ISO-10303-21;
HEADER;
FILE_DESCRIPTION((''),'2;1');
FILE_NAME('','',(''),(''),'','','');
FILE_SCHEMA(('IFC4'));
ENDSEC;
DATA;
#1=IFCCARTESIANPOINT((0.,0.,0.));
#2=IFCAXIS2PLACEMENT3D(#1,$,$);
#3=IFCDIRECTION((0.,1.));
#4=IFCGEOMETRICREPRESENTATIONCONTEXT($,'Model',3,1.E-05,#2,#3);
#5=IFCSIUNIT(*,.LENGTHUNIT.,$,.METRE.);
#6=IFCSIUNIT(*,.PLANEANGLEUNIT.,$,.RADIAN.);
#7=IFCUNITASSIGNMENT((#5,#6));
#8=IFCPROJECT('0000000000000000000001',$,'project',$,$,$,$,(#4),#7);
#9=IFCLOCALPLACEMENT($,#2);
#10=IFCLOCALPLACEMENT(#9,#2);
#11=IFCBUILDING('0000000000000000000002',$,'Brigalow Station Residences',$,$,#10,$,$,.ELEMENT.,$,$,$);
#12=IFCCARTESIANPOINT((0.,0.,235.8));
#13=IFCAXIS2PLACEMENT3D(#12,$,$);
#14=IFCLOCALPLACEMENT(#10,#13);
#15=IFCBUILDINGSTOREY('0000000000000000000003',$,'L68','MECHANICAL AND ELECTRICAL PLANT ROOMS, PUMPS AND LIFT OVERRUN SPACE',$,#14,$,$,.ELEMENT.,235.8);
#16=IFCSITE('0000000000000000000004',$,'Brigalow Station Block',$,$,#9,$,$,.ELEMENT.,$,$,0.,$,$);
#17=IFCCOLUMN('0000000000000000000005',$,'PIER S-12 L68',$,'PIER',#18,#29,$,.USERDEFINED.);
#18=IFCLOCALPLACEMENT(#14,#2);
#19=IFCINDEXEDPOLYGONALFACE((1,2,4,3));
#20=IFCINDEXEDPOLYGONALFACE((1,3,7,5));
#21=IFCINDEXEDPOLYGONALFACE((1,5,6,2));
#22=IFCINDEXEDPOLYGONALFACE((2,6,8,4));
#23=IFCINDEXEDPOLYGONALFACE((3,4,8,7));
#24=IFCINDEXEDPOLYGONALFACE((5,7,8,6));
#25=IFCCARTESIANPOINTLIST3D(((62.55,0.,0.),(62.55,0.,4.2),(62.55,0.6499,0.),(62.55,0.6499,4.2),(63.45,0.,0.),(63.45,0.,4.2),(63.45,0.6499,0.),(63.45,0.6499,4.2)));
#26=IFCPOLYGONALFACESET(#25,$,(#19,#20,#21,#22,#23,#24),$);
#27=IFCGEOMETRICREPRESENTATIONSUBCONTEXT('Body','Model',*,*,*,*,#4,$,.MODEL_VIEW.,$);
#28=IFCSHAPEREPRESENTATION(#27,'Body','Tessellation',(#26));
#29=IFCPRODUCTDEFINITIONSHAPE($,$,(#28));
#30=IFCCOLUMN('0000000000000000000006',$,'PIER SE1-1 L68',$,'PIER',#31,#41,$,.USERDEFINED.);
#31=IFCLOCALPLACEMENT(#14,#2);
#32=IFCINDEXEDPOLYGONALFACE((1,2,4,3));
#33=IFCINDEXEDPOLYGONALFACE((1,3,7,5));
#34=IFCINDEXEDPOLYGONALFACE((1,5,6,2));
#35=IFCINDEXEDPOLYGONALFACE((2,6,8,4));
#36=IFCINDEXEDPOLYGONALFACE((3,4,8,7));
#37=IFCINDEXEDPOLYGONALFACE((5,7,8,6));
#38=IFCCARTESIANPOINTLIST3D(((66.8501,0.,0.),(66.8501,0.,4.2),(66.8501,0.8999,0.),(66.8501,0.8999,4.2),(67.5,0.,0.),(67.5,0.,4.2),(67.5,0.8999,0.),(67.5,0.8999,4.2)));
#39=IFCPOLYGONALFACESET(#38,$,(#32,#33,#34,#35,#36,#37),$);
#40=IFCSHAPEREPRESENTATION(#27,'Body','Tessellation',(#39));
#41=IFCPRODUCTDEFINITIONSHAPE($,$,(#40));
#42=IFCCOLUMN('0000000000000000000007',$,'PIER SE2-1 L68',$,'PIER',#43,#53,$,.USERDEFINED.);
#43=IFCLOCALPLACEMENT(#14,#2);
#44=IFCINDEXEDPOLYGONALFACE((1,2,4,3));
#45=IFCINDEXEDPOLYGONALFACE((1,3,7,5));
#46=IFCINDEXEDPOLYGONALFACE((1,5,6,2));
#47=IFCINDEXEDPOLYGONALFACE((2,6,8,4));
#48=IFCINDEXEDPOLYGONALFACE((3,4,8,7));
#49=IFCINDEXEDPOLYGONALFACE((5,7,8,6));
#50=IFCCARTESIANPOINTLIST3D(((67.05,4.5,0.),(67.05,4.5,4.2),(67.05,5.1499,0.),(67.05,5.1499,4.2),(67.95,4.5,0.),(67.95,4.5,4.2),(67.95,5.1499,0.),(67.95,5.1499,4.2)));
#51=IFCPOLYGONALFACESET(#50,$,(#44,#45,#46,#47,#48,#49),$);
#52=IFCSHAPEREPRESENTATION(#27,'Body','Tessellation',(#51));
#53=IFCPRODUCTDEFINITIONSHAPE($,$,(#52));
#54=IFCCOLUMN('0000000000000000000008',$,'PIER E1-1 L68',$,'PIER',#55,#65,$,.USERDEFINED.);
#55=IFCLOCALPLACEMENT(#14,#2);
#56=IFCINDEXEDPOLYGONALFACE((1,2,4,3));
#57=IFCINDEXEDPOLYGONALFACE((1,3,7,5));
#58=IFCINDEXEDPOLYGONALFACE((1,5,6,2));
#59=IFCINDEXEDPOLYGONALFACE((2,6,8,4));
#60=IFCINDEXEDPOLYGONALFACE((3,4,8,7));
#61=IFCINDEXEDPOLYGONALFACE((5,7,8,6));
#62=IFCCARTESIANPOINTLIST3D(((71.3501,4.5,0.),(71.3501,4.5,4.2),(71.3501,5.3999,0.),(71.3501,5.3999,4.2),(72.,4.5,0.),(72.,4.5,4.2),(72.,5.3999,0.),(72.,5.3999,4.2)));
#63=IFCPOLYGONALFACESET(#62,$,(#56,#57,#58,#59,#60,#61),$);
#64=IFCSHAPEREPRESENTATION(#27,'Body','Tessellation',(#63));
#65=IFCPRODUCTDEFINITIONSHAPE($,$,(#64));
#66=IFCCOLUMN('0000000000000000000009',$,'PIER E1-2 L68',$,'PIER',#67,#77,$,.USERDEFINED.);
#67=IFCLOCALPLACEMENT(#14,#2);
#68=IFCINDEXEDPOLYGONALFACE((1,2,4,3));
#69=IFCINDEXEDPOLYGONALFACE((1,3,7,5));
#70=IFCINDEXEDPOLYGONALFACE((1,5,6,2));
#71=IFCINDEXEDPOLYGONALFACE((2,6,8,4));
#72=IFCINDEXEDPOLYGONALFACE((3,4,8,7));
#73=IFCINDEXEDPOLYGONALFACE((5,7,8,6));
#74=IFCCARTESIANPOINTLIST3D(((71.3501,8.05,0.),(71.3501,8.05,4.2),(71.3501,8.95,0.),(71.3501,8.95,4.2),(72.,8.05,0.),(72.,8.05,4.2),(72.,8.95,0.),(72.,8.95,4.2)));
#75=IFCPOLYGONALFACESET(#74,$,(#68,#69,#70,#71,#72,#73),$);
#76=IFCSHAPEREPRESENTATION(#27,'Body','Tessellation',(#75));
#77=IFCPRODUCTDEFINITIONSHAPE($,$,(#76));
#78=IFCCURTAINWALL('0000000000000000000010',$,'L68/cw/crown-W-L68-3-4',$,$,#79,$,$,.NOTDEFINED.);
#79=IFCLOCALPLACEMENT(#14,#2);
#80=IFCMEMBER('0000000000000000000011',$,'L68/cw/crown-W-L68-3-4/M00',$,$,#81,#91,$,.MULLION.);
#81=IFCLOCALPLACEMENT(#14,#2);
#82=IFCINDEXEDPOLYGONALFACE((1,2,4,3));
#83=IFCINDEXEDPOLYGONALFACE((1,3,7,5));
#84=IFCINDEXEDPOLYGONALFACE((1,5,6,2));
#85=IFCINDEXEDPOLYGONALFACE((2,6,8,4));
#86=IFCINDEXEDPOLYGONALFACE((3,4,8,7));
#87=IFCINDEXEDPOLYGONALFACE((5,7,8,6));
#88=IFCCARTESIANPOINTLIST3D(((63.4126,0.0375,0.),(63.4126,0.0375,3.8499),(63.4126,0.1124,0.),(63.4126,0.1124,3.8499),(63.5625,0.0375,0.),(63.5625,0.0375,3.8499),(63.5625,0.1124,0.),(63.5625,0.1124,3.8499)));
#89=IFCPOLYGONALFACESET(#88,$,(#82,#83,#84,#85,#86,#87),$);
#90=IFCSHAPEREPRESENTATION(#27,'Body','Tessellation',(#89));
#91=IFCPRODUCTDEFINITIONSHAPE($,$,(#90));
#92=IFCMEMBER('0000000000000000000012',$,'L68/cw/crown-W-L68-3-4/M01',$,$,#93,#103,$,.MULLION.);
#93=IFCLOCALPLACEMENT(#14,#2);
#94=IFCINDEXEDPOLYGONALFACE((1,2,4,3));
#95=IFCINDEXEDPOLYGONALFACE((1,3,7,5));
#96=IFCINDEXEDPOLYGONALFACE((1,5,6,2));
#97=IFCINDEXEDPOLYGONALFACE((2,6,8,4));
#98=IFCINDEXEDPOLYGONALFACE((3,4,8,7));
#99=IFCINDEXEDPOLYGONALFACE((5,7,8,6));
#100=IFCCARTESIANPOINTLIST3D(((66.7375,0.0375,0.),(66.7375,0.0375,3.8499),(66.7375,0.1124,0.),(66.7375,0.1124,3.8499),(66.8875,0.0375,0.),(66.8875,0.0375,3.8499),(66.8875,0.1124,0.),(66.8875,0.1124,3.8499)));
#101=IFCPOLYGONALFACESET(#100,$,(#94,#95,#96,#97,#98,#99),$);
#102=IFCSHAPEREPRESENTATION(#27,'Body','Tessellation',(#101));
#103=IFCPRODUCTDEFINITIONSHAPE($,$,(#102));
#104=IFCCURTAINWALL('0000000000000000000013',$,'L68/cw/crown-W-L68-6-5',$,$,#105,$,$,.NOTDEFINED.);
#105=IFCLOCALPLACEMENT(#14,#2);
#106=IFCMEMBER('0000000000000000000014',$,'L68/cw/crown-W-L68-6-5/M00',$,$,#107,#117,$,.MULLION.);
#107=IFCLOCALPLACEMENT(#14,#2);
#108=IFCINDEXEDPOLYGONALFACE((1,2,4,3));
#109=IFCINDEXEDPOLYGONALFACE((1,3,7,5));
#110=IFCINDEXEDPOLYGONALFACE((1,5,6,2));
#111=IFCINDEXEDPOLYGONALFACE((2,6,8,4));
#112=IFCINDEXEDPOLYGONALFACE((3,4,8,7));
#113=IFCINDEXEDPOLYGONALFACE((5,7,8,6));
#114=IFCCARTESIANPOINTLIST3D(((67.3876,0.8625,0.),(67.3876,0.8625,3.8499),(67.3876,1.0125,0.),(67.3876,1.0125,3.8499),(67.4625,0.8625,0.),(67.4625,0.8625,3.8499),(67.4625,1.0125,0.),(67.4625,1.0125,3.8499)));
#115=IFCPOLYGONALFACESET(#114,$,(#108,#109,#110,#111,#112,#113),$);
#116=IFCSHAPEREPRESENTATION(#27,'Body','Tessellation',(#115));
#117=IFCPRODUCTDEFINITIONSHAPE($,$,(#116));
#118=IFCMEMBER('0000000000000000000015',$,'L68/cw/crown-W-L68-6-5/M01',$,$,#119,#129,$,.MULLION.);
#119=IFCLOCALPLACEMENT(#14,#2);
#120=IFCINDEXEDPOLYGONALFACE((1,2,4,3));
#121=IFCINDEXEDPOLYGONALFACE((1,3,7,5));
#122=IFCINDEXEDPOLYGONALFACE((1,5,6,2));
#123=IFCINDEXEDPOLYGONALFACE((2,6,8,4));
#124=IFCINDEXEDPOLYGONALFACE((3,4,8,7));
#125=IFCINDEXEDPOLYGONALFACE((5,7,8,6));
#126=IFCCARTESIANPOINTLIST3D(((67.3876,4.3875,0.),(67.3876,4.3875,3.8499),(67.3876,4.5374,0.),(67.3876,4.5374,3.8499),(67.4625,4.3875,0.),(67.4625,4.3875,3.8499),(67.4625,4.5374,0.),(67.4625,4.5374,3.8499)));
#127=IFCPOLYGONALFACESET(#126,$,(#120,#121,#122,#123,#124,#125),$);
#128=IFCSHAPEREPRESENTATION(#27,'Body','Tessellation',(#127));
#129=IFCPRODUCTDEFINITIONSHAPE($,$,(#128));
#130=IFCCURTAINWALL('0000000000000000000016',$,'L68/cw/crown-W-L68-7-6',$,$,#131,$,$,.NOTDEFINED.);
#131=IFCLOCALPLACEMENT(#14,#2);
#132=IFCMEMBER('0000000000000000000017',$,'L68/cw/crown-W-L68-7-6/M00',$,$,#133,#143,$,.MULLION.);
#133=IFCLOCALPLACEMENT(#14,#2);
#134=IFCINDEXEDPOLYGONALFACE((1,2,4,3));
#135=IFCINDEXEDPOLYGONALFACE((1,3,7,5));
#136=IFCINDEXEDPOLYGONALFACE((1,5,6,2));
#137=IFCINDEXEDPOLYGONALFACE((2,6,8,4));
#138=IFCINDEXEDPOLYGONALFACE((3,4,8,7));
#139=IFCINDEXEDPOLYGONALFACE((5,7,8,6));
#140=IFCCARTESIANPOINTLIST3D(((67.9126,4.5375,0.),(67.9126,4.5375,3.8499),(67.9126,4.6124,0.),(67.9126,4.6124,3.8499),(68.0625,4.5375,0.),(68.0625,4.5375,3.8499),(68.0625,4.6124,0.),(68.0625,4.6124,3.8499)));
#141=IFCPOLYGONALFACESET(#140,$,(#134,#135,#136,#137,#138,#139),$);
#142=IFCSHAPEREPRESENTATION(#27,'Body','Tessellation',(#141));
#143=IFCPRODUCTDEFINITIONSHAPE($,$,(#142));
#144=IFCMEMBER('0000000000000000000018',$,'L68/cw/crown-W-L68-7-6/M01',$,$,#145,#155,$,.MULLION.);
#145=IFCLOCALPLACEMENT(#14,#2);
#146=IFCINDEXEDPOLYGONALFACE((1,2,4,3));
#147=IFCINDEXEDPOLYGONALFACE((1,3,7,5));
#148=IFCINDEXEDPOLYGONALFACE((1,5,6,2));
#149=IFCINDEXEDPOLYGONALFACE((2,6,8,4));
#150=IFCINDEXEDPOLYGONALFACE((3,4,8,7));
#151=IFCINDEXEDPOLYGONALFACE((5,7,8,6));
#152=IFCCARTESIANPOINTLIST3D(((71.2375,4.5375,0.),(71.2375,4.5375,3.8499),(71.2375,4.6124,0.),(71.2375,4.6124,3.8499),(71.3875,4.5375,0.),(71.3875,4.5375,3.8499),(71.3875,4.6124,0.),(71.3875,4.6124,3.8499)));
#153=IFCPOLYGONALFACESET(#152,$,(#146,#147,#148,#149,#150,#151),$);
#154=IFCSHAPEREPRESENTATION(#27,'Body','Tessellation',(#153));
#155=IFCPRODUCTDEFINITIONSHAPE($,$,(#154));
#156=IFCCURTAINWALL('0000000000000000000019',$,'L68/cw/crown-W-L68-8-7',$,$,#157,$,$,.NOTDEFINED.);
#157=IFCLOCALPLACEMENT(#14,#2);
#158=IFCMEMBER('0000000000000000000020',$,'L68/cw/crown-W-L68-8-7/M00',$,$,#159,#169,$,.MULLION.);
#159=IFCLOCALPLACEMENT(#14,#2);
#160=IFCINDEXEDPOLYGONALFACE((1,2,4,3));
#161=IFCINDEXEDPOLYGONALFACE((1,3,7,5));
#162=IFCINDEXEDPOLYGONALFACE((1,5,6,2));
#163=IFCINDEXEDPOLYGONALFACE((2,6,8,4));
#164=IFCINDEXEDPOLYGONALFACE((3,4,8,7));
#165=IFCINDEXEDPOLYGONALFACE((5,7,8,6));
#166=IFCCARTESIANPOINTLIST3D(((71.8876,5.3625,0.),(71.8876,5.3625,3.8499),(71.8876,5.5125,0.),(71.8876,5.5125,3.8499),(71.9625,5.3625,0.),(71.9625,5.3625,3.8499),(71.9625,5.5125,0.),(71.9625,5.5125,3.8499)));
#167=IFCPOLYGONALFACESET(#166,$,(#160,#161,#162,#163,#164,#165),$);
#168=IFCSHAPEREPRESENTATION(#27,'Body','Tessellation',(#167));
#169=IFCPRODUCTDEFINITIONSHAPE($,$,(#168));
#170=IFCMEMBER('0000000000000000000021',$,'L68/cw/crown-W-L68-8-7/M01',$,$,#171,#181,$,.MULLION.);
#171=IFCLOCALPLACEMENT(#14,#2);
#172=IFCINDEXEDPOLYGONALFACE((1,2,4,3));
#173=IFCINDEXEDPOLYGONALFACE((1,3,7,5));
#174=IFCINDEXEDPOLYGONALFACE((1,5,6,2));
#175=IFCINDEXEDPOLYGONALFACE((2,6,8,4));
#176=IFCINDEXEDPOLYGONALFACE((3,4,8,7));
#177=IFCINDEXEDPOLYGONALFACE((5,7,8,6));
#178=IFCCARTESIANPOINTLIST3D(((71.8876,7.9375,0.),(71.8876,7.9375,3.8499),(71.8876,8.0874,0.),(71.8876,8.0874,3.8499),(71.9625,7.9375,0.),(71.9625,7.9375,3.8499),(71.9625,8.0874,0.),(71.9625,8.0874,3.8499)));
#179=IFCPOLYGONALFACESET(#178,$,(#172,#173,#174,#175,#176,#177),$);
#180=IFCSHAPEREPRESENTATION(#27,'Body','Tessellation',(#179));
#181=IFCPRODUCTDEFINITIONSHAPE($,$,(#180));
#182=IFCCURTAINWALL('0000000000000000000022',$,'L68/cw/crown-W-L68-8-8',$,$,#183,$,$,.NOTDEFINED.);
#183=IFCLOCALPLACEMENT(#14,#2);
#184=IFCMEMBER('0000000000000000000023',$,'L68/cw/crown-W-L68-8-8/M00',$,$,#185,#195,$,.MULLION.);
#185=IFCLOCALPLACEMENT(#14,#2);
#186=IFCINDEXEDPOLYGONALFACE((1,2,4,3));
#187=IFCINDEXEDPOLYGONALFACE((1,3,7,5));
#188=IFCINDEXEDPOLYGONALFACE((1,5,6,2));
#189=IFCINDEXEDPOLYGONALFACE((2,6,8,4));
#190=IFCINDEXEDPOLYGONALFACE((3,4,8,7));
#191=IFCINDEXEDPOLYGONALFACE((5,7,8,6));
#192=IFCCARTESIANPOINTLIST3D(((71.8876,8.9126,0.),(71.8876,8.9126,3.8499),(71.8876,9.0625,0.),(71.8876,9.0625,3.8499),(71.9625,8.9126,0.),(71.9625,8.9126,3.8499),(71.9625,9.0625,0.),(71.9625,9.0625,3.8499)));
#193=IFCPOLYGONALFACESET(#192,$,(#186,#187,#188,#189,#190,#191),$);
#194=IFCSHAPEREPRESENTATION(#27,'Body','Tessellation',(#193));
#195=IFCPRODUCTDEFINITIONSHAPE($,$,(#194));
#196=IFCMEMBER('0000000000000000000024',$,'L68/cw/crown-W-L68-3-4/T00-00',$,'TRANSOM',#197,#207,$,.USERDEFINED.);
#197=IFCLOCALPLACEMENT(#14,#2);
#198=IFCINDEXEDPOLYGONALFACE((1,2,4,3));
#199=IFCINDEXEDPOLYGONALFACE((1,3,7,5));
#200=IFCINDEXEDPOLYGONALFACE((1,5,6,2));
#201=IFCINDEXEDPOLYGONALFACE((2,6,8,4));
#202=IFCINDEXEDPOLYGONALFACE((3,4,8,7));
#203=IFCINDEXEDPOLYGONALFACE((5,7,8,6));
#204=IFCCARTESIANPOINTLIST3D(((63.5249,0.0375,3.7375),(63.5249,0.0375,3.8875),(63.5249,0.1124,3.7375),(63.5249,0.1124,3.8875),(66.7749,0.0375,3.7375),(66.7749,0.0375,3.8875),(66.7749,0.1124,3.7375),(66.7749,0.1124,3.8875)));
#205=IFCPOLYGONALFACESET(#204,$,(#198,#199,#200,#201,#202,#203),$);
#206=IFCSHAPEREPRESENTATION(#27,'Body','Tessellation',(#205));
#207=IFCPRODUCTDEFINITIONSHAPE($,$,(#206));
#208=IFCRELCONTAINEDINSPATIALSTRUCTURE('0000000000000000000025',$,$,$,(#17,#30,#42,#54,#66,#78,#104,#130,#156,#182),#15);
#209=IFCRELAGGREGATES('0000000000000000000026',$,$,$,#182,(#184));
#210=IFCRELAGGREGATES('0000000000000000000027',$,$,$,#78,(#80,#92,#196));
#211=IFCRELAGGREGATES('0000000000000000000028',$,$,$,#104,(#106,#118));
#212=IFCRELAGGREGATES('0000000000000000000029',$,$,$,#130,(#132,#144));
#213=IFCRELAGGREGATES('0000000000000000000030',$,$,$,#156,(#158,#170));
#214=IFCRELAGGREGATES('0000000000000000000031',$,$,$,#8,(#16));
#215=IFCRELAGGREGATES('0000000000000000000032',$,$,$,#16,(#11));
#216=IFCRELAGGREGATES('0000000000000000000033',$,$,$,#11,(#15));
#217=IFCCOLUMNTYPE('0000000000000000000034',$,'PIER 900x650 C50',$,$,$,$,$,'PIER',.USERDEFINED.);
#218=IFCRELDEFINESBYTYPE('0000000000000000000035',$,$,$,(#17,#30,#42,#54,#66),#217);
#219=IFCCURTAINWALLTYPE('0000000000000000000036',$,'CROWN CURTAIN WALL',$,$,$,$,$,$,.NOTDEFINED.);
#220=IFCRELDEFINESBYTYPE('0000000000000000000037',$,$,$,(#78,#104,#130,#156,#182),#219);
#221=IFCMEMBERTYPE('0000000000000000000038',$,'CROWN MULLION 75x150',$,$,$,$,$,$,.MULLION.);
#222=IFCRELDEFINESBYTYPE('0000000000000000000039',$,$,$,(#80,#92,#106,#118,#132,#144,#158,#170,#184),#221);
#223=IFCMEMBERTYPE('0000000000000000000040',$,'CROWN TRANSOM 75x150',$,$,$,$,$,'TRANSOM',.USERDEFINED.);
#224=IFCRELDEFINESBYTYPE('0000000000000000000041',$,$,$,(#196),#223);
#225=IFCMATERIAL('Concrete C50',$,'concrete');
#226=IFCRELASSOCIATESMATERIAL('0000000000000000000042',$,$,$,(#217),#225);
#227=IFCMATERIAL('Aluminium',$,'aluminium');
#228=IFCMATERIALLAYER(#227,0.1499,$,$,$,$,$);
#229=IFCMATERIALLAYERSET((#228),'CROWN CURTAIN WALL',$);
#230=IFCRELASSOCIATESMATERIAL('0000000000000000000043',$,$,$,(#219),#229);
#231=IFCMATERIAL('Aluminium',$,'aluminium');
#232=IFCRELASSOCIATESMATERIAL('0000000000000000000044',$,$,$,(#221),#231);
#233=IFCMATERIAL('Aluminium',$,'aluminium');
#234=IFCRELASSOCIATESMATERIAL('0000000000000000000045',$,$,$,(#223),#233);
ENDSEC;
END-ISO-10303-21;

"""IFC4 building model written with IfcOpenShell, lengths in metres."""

from ifc_helpers import new_model, si_unit, direction, frame, origin, origin_2d, place, context, subcontext, project, spatial, rectangle, extrude, material, layer, layer_set, material_profile, profile_set, type_object, element, aggregate, save


model = new_model("IFC4")

# Units and contexts
model_context = context("Model", 3, precision=1e-05, world=origin(), true_north=direction((0.0, 1.0)))
body_context = subcontext(model_context, "Body", "Model", "MODEL_VIEW")
ifc_project = project(units=[si_unit("LENGTHUNIT", "METRE"), si_unit("PLANEANGLEUNIT", "RADIAN")], contexts=[model_context])

# Site, building, storey
site_placement = place(None, origin())
site = spatial("IfcSite", under=ifc_project, at=site_placement, Name="Brigalow Station Block", CompositionType="ELEMENT", RefElevation=0.0)
building_placement = place(site_placement, origin())
building = spatial("IfcBuilding", under=site, at=building_placement, Name="Brigalow Station Residences", CompositionType="ELEMENT")
storey_placement = place(building_placement, frame((0.0, 0.0, 235.8)))
storey = spatial("IfcBuildingStorey", under=building, at=storey_placement, Name="L68", Description="MECHANICAL AND ELECTRICAL PLANT ROOMS, PUMPS AND LIFT OVERRUN SPACE", CompositionType="ELEMENT", Elevation=235.8)

# Columns
ifc_material_1 = material(Name="Concrete C50", Category="concrete")
ifc_material_profile_1 = material_profile(ifc_material_1, rectangle(XDim=0.8999, YDim=0.6499, at=origin_2d()), Name="RC900x650")
ifc_profile_set_1 = profile_set([ifc_material_profile_1], Name="Concrete C50")
column_type = type_object("IfcColumnType", Name="PIER 900x650 C50", ElementType="PIER", PredefinedType="USERDEFINED", material=ifc_profile_set_1)
for number, where, z_axis, x_axis, name in (
    (1, (63.0, 0.325, 0.0), (0.0, 0.0, 1.0), (1.0, 0.0, 0.0), "PIER S-12 L68"),
    (2, (67.175, 0.45, 0.0), (0.0, 0.0, 1.0), (0.0, 1.0, 0.0), "PIER SE1-1 L68"),
    (3, (67.5, 4.825, 0.0), (0.0, 0.0, 1.0), (1.0, 0.0, 0.0), "PIER SE2-1 L68"),
    (4, (71.675, 4.95, 0.0), (0.0, 0.0, 1.0), (0.0, 1.0, 0.0), "PIER E1-1 L68"),
    (5, (71.675, 8.5, 0.0), (0.0, 0.0, 1.0), (0.0, 1.0, 0.0), "PIER E1-2 L68"),
):
    element("IfcColumn", number, at=place(storey_placement, frame(where, z_axis=z_axis, x_axis=x_axis)), inside=storey, type_object=column_type, Name=name, ObjectType="PIER", PredefinedType="USERDEFINED", context=body_context, shape_type="SweptSolid", body=[
        extrude(rectangle(XDim=0.8999, YDim=0.6499, at=origin_2d()), origin(), (0.0, 0.0, 1.0), 4.2),
    ])

# Curtain walls, members
ifc_material_2 = material(Name="Aluminium", Category="aluminium")
ifc_layer_1 = layer(ifc_material_2, 0.1499)
ifc_layer_set_1 = layer_set([ifc_layer_1], Name="CROWN CURTAIN WALL")
curtain_wall_type = type_object("IfcCurtainWallType", Name="CROWN CURTAIN WALL", PredefinedType="NOTDEFINED", material=ifc_layer_set_1)
curtain_wall_1_placement = place(storey_placement, origin())
curtain_wall_1 = element("IfcCurtainWall", 6, at=curtain_wall_1_placement, inside=storey, type_object=curtain_wall_type, Name="L68/cw/crown-W-L68-3-4", PredefinedType="NOTDEFINED")
ifc_material_3 = material(Name="Aluminium", Category="aluminium")
ifc_material_profile_2 = material_profile(ifc_material_3, rectangle(XDim=0.075, YDim=0.1499, at=origin_2d()), Name="CROWN MULLION 75x150")
ifc_profile_set_2 = profile_set([ifc_material_profile_2], Name="Aluminium")
member_type_1 = type_object("IfcMemberType", Name="CROWN MULLION 75x150", PredefinedType="MULLION", material=ifc_profile_set_2)
member_1_placement = place(storey_placement, frame((63.4875, 0.075, 0.0), z_axis=(0.0, 0.0, 1.0), x_axis=(0.0, 1.0, 0.0)))
member_1 = element("IfcMember", 7, at=member_1_placement, type_object=member_type_1, Name="L68/cw/crown-W-L68-3-4/M00", PredefinedType="MULLION", context=body_context, shape_type="SweptSolid", body=[
    extrude(rectangle(XDim=0.075, YDim=0.1499, at=origin_2d()), origin(), (0.0, 0.0, 1.0), 3.8499),
])
member_2_placement = place(storey_placement, frame((66.8125, 0.075, 0.0), z_axis=(0.0, 0.0, 1.0), x_axis=(0.0, 1.0, 0.0)))
member_2 = element("IfcMember", 8, at=member_2_placement, type_object=member_type_1, Name="L68/cw/crown-W-L68-3-4/M01", PredefinedType="MULLION", context=body_context, shape_type="SweptSolid", body=[
    extrude(rectangle(XDim=0.075, YDim=0.1499, at=origin_2d()), origin(), (0.0, 0.0, 1.0), 3.8499),
])
curtain_wall_2_placement = place(storey_placement, origin())
curtain_wall_2 = element("IfcCurtainWall", 9, at=curtain_wall_2_placement, inside=storey, type_object=curtain_wall_type, Name="L68/cw/crown-W-L68-6-5", PredefinedType="NOTDEFINED")
member_3_placement = place(storey_placement, frame((67.425, 0.9375, 0.0), z_axis=(0.0, 0.0, 1.0), x_axis=(-1.0, 0.0, 0.0)))
member_3 = element("IfcMember", 10, at=member_3_placement, type_object=member_type_1, Name="L68/cw/crown-W-L68-6-5/M00", PredefinedType="MULLION", context=body_context, shape_type="SweptSolid", body=[
    extrude(rectangle(XDim=0.075, YDim=0.1499, at=origin_2d()), origin(), (0.0, 0.0, 1.0), 3.8499),
])
member_4_placement = place(storey_placement, frame((67.425, 4.4624, 0.0), z_axis=(0.0, 0.0, 1.0), x_axis=(-1.0, 0.0, 0.0)))
member_4 = element("IfcMember", 11, at=member_4_placement, type_object=member_type_1, Name="L68/cw/crown-W-L68-6-5/M01", PredefinedType="MULLION", context=body_context, shape_type="SweptSolid", body=[
    extrude(rectangle(XDim=0.075, YDim=0.1499, at=origin_2d()), origin(), (0.0, 0.0, 1.0), 3.8499),
])
curtain_wall_3_placement = place(storey_placement, origin())
curtain_wall_3 = element("IfcCurtainWall", 12, at=curtain_wall_3_placement, inside=storey, type_object=curtain_wall_type, Name="L68/cw/crown-W-L68-7-6", PredefinedType="NOTDEFINED")
member_5_placement = place(storey_placement, frame((67.9875, 4.575, 0.0), z_axis=(0.0, 0.0, 1.0), x_axis=(0.0, 1.0, 0.0)))
member_5 = element("IfcMember", 13, at=member_5_placement, type_object=member_type_1, Name="L68/cw/crown-W-L68-7-6/M00", PredefinedType="MULLION", context=body_context, shape_type="SweptSolid", body=[
    extrude(rectangle(XDim=0.075, YDim=0.1499, at=origin_2d()), origin(), (0.0, 0.0, 1.0), 3.8499),
])
member_6_placement = place(storey_placement, frame((71.3125, 4.575, 0.0), z_axis=(0.0, 0.0, 1.0), x_axis=(0.0, 1.0, 0.0)))
member_6 = element("IfcMember", 14, at=member_6_placement, type_object=member_type_1, Name="L68/cw/crown-W-L68-7-6/M01", PredefinedType="MULLION", context=body_context, shape_type="SweptSolid", body=[
    extrude(rectangle(XDim=0.075, YDim=0.1499, at=origin_2d()), origin(), (0.0, 0.0, 1.0), 3.8499),
])
curtain_wall_4_placement = place(storey_placement, origin())
curtain_wall_4 = element("IfcCurtainWall", 15, at=curtain_wall_4_placement, inside=storey, type_object=curtain_wall_type, Name="L68/cw/crown-W-L68-8-7", PredefinedType="NOTDEFINED")
member_7_placement = place(storey_placement, frame((71.925, 5.4375, 0.0), z_axis=(0.0, 0.0, 1.0), x_axis=(-1.0, 0.0, 0.0)))
member_7 = element("IfcMember", 16, at=member_7_placement, type_object=member_type_1, Name="L68/cw/crown-W-L68-8-7/M00", PredefinedType="MULLION", context=body_context, shape_type="SweptSolid", body=[
    extrude(rectangle(XDim=0.075, YDim=0.1499, at=origin_2d()), origin(), (0.0, 0.0, 1.0), 3.8499),
])
member_8_placement = place(storey_placement, frame((71.925, 8.0125, 0.0), z_axis=(0.0, 0.0, 1.0), x_axis=(-1.0, 0.0, 0.0)))
member_8 = element("IfcMember", 17, at=member_8_placement, type_object=member_type_1, Name="L68/cw/crown-W-L68-8-7/M01", PredefinedType="MULLION", context=body_context, shape_type="SweptSolid", body=[
    extrude(rectangle(XDim=0.075, YDim=0.1499, at=origin_2d()), origin(), (0.0, 0.0, 1.0), 3.8499),
])

# Curtain wall, member
curtain_wall_5_placement = place(storey_placement, origin())
curtain_wall_5 = element("IfcCurtainWall", 18, at=curtain_wall_5_placement, inside=storey, type_object=curtain_wall_type, Name="L68/cw/crown-W-L68-8-8", PredefinedType="NOTDEFINED")
member_9_placement = place(storey_placement, frame((71.925, 8.9875, 0.0), z_axis=(0.0, 0.0, 1.0), x_axis=(-1.0, 0.0, 0.0)))
member_9 = element("IfcMember", 19, at=member_9_placement, type_object=member_type_1, Name="L68/cw/crown-W-L68-8-8/M00", PredefinedType="MULLION", context=body_context, shape_type="SweptSolid", body=[
    extrude(rectangle(XDim=0.075, YDim=0.1499, at=origin_2d()), origin(), (0.0, 0.0, 1.0), 3.8499),
])

# Member
ifc_material_4 = material(Name="Aluminium", Category="aluminium")
ifc_material_profile_3 = material_profile(ifc_material_4, rectangle(XDim=0.075, YDim=0.1499, at=origin_2d()), Name="CROWN TRANSOM 75x150")
ifc_profile_set_3 = profile_set([ifc_material_profile_3], Name="Aluminium")
member_type_2 = type_object("IfcMemberType", Name="CROWN TRANSOM 75x150", ElementType="TRANSOM", PredefinedType="USERDEFINED", material=ifc_profile_set_3)
member_10_placement = place(storey_placement, frame((63.5249, 0.075, 3.8125), z_axis=(1.0, 0.0, 0.0), x_axis=(0.0, 1.0, 0.0)))
member_10 = element("IfcMember", 20, at=member_10_placement, type_object=member_type_2, Name="L68/cw/crown-W-L68-3-4/T00-00", ObjectType="TRANSOM", PredefinedType="USERDEFINED", context=body_context, shape_type="SweptSolid", body=[
    extrude(rectangle(XDim=0.075, YDim=0.1499, at=origin_2d()), origin(), (0.0, 0.0, 1.0), 3.25),
])
aggregate(curtain_wall_5, [member_9])

aggregate(curtain_wall_1, [member_1, member_2, member_10])
aggregate(curtain_wall_2, [member_3, member_4])
aggregate(curtain_wall_3, [member_5, member_6])
aggregate(curtain_wall_4, [member_7, member_8])

save(model, "model.ifc")
